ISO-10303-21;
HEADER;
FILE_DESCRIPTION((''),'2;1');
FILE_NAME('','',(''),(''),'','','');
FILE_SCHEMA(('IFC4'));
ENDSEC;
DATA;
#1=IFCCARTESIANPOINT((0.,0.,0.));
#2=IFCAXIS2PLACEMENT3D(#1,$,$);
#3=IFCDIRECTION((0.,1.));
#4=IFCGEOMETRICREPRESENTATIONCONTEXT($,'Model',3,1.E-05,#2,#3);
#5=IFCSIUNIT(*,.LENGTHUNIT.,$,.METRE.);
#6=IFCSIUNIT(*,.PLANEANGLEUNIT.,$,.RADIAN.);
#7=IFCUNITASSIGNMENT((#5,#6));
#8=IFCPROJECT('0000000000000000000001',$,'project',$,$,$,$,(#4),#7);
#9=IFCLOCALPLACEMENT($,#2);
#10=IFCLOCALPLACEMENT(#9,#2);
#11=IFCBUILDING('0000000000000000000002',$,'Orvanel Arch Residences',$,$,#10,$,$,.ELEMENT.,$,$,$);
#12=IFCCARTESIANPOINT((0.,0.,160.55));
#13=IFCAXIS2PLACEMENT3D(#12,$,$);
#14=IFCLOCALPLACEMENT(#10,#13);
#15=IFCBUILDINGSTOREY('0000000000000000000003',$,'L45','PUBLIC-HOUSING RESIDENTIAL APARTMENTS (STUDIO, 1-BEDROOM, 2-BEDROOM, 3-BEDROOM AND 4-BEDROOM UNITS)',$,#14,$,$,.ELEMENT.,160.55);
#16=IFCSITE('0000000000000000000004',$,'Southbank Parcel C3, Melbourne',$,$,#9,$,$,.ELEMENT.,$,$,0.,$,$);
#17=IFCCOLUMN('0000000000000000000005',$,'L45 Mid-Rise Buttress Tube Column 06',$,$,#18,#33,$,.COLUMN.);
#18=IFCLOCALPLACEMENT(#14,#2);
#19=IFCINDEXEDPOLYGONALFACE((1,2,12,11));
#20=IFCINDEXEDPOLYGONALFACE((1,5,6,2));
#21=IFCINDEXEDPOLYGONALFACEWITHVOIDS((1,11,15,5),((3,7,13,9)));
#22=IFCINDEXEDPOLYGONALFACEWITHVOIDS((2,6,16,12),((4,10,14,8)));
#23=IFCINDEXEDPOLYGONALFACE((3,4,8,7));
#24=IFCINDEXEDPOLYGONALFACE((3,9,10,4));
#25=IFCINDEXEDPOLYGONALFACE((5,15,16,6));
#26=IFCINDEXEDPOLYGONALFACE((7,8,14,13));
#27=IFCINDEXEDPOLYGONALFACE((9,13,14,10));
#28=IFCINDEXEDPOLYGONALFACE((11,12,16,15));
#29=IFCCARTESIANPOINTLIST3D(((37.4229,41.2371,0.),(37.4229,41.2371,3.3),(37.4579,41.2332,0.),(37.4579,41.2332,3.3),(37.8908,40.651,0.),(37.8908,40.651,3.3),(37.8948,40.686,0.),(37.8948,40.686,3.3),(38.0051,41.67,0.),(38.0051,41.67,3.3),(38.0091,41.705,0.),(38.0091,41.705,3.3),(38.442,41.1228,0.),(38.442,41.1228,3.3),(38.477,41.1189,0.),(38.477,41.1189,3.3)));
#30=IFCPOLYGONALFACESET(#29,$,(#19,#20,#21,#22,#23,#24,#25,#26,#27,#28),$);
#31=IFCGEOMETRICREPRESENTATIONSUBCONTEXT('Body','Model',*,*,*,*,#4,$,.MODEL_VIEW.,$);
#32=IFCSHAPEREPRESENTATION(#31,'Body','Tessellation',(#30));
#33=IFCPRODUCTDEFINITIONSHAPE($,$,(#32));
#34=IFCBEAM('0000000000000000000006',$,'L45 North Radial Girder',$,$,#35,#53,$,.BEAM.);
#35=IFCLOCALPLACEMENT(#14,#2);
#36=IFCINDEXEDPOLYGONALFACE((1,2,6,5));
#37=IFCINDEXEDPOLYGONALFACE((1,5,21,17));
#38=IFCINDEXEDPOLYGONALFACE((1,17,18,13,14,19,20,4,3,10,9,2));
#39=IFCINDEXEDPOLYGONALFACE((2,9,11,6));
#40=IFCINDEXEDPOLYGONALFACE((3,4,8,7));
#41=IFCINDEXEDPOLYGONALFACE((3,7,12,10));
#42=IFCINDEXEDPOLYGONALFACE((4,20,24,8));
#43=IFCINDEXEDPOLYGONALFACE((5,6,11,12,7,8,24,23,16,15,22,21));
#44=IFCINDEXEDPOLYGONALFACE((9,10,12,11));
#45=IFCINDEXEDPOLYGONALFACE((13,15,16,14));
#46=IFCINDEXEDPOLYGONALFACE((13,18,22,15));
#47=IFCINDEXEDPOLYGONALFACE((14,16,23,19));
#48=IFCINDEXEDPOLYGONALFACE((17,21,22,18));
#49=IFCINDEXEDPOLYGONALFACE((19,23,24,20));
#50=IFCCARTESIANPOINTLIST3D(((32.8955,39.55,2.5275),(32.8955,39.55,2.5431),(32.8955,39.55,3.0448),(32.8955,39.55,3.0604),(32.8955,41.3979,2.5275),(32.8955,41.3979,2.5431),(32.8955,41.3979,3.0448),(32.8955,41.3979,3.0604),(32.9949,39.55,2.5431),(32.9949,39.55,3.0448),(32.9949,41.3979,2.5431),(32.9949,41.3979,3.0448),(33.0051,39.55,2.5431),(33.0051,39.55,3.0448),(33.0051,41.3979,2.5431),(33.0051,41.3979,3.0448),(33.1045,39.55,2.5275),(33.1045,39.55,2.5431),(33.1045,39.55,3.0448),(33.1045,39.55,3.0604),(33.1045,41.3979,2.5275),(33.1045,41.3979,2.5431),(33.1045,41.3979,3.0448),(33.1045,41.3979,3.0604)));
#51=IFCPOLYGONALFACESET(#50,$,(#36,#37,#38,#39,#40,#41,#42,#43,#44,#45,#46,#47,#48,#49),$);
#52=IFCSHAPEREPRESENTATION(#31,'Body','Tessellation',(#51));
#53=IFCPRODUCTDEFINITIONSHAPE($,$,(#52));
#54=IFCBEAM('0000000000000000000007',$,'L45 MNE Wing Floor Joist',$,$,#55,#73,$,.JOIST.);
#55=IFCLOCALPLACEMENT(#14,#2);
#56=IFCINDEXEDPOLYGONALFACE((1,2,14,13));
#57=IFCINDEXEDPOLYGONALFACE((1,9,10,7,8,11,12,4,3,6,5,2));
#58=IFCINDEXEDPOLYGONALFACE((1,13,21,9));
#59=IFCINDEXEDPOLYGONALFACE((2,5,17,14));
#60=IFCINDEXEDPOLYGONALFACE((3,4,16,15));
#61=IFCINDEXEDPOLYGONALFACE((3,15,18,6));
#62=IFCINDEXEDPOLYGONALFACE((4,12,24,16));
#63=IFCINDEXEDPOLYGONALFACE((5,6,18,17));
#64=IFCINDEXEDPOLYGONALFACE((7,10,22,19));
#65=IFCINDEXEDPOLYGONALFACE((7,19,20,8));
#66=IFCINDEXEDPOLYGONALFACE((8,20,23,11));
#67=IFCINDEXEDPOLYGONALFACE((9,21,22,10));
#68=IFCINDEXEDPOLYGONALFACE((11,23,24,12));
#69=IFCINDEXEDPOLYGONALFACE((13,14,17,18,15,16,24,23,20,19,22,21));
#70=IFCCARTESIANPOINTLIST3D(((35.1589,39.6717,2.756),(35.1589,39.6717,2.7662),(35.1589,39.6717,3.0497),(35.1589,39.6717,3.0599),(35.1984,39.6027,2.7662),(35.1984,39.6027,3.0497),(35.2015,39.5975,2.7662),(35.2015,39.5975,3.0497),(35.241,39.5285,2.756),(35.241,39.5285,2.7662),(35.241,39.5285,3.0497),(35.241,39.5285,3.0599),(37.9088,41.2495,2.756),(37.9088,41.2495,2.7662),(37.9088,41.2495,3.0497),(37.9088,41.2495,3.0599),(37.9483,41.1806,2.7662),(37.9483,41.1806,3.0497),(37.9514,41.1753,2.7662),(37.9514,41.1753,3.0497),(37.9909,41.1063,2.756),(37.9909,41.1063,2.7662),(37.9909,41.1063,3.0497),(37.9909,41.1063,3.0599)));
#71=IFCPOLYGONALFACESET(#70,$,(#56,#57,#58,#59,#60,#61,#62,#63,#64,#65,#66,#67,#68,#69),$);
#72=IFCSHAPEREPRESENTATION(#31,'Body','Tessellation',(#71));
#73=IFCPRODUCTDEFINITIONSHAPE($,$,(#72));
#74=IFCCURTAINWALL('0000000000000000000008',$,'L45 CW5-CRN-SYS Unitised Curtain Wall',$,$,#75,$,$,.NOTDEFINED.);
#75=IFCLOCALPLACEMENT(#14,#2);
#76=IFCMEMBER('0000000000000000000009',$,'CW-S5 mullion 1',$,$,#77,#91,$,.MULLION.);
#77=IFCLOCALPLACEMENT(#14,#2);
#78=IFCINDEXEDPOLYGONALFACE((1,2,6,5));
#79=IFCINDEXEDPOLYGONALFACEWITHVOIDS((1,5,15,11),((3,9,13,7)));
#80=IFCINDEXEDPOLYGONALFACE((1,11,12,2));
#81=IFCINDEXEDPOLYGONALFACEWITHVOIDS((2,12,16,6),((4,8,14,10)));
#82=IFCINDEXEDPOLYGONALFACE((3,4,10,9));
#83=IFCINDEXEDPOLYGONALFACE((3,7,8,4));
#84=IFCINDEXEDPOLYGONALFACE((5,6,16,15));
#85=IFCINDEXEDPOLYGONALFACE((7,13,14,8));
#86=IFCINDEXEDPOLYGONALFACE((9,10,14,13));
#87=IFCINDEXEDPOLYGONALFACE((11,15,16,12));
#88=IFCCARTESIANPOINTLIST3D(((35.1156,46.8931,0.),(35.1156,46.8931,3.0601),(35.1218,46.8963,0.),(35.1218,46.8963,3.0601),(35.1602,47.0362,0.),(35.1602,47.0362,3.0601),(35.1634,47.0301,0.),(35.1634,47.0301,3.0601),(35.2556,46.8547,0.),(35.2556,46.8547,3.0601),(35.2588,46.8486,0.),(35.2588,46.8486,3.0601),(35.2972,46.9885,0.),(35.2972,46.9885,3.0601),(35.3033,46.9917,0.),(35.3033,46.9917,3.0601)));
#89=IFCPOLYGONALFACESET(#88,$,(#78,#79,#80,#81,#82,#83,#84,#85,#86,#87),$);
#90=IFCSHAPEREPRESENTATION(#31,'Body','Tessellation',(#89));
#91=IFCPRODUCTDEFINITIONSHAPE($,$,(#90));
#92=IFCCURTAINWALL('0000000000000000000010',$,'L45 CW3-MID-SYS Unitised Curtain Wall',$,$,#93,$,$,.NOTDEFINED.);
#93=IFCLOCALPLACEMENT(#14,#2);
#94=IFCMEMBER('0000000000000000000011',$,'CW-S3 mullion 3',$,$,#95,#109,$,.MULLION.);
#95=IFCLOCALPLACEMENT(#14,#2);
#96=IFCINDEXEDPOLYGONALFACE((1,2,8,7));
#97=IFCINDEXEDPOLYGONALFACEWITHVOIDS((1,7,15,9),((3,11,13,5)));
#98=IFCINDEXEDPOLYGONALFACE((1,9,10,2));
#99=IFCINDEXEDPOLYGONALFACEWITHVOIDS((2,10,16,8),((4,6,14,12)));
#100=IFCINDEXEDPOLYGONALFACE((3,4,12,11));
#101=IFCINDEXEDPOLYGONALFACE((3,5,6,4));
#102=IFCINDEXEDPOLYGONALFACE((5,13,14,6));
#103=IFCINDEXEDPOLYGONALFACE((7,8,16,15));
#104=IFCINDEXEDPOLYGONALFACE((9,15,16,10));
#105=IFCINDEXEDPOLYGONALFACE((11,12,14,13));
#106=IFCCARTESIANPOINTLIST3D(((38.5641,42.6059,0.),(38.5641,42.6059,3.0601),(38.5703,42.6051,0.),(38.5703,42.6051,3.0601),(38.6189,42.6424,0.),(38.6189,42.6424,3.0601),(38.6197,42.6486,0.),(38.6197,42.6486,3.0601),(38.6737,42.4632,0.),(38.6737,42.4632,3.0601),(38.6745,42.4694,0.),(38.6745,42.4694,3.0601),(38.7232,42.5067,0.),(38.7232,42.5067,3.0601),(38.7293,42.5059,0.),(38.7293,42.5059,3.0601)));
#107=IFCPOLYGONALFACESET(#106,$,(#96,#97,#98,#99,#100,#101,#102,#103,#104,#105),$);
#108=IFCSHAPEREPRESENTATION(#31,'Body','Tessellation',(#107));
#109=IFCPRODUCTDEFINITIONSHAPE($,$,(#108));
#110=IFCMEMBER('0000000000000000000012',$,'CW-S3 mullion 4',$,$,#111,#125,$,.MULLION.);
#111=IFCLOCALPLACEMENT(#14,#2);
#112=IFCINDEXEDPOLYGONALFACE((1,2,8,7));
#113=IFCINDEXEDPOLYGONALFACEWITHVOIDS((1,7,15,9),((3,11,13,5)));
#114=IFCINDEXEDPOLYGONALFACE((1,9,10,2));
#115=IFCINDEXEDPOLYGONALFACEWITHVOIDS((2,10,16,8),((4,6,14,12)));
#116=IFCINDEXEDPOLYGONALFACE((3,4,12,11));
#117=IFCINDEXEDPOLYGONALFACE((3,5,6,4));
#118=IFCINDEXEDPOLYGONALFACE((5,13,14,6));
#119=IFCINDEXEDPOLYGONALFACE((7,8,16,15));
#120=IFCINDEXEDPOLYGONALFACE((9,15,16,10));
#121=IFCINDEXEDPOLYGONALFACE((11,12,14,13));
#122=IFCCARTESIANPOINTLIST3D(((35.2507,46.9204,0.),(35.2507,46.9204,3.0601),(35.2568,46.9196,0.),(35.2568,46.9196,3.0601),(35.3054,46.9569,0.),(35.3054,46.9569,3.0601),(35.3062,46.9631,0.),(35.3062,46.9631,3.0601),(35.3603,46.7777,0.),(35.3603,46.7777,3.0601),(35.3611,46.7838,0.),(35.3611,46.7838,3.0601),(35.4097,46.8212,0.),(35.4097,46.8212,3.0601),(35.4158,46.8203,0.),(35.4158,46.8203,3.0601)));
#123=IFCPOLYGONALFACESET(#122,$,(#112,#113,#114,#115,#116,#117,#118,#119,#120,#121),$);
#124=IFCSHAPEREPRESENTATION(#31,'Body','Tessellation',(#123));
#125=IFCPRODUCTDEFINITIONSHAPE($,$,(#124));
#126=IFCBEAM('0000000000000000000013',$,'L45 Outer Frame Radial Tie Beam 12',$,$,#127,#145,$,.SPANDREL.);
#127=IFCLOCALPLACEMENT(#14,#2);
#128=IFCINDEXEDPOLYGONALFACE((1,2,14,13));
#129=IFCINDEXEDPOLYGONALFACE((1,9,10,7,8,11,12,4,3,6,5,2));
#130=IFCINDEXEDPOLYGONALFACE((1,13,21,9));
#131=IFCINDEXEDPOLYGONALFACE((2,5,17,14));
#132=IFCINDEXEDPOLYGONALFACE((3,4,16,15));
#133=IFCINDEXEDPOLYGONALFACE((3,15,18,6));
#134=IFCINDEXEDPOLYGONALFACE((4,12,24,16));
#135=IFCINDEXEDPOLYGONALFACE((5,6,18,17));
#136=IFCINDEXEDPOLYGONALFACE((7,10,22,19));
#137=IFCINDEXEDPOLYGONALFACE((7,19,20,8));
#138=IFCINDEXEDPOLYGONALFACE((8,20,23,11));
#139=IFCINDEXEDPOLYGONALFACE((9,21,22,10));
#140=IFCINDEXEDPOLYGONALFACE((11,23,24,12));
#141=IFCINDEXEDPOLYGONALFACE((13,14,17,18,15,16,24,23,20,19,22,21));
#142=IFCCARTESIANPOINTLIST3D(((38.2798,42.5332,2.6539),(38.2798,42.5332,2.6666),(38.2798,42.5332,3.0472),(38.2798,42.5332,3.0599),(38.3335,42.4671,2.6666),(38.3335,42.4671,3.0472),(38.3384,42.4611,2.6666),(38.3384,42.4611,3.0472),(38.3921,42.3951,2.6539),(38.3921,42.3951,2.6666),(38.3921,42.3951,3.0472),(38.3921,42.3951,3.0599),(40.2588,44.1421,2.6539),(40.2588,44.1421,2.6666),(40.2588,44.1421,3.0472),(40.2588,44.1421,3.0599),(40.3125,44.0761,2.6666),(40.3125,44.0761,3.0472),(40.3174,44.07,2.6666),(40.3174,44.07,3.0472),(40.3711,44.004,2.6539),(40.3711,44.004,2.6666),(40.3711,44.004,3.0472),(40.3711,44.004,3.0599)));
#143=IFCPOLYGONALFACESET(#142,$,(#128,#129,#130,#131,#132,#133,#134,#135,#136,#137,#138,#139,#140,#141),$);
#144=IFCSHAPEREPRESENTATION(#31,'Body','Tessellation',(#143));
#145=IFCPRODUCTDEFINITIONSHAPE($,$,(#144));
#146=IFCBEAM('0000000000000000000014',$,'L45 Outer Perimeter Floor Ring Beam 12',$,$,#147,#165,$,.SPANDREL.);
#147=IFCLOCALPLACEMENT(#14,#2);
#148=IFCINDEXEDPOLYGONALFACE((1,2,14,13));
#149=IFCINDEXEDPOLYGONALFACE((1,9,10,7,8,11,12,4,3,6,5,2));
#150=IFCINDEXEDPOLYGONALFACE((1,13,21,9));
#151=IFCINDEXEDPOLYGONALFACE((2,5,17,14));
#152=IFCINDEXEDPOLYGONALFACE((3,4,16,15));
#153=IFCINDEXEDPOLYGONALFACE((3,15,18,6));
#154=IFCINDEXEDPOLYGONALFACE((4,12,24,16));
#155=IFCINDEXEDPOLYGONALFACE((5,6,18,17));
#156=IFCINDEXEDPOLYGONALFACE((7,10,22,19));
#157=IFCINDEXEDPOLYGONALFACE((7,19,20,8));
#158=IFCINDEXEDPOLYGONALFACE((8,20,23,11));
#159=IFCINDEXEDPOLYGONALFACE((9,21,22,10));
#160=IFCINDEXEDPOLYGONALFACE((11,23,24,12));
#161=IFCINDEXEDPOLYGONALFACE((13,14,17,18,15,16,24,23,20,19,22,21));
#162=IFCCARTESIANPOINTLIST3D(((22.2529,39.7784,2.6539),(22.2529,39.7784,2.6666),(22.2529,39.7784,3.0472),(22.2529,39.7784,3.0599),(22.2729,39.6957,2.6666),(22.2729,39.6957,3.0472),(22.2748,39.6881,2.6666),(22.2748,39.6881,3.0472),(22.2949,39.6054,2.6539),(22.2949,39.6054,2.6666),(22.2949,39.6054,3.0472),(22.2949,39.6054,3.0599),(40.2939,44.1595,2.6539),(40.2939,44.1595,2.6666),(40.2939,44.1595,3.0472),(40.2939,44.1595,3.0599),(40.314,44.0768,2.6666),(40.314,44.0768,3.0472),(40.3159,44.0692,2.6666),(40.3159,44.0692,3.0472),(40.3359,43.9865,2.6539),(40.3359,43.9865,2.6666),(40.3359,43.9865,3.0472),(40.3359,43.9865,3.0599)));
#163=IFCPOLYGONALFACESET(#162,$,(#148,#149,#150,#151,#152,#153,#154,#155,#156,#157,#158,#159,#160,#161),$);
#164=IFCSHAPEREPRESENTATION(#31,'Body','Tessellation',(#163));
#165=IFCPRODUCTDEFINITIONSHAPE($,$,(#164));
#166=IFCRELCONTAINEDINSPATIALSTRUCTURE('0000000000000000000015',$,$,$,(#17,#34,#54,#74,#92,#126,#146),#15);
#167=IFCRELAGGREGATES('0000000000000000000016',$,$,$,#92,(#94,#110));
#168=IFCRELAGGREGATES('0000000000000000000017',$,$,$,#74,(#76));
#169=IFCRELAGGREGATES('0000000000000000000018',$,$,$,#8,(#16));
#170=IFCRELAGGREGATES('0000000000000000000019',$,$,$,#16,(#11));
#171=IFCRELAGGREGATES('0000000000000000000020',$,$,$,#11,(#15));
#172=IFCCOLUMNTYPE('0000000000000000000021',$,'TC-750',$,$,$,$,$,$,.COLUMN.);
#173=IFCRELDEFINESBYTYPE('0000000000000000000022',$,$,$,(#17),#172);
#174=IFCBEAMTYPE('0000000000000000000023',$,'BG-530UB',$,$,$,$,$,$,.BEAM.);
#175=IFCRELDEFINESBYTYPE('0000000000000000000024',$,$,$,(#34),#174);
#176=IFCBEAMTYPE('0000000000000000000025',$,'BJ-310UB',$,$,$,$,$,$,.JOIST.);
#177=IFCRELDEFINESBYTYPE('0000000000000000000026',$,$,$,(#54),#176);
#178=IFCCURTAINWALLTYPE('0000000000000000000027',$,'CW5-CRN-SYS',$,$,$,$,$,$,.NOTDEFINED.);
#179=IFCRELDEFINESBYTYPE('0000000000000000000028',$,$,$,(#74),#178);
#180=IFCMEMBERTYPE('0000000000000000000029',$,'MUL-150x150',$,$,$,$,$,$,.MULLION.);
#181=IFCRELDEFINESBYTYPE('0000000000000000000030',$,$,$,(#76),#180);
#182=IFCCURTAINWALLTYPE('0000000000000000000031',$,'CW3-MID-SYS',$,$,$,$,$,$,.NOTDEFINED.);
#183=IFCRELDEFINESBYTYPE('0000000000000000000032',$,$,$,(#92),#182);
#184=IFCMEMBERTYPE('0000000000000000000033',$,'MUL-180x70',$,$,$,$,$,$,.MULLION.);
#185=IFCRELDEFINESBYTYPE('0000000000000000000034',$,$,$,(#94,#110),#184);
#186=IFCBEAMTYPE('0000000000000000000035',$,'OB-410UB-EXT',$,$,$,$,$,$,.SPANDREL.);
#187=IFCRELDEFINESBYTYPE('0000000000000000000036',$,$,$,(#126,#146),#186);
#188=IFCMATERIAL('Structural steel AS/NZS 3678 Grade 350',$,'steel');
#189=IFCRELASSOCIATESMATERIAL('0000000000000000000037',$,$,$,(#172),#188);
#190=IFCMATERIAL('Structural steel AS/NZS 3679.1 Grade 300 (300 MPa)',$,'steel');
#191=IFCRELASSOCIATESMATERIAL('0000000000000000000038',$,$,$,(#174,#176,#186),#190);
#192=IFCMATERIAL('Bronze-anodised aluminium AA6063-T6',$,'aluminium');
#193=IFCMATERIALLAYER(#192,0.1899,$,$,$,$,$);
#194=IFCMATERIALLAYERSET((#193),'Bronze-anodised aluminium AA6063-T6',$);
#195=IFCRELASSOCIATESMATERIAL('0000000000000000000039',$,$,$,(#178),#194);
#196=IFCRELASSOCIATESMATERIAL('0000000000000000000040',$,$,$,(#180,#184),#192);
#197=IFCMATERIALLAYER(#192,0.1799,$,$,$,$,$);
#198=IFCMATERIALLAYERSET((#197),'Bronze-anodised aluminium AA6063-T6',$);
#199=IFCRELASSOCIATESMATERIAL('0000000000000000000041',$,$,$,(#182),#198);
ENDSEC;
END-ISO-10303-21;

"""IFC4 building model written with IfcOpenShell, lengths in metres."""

from ifc_helpers import new_model, si_unit, direction, frame, origin, origin_2d, place, context, subcontext, project, spatial, hollow_rectangle, i_section, extrude, material, layer, layer_set, material_profile, profile_set, type_object, element, aggregate, save


model = new_model("IFC4")

# Units and contexts
model_context = context("Model", 3, precision=1e-05, world=origin(), true_north=direction((0.0, 1.0)))
body_context = subcontext(model_context, "Body", "Model", "MODEL_VIEW")
ifc_project = project(units=[si_unit("LENGTHUNIT", "METRE"), si_unit("PLANEANGLEUNIT", "RADIAN")], contexts=[model_context])

# Site, building, storey
site_placement = place(None, origin())
site = spatial("IfcSite", under=ifc_project, at=site_placement, Name="Southbank Parcel C3, Melbourne", CompositionType="ELEMENT", RefElevation=0.0)
building_placement = place(site_placement, origin())
building = spatial("IfcBuilding", under=site, at=building_placement, Name="Orvanel Arch Residences", CompositionType="ELEMENT")
storey_placement = place(building_placement, frame((0.0, 0.0, 160.55)))
storey = spatial("IfcBuildingStorey", under=building, at=storey_placement, Name="L45", Description="PUBLIC-HOUSING RESIDENTIAL APARTMENTS (STUDIO, 1-BEDROOM, 2-BEDROOM, 3-BEDROOM AND 4-BEDROOM UNITS)", CompositionType="ELEMENT", Elevation=160.55)

# Column
ifc_material_1 = material(Name="Structural steel AS/NZS 3678 Grade 350", Category="steel")
ifc_material_profile_1 = material_profile(ifc_material_1, hollow_rectangle(XDim=0.75, YDim=0.75, WallThickness=0.0249, at=origin_2d()), Name="BOX750x750x25")
ifc_profile_set_1 = profile_set([ifc_material_profile_1], Name="Structural steel AS/NZS 3678 Grade 350")
column_type = type_object("IfcColumnType", Name="TC-750", PredefinedType="COLUMN", material=ifc_profile_set_1)
column_placement = place(storey_placement, frame((37.95, 41.178, 0.0), z_axis=(0.0, 0.0, 1.0), x_axis=(-0.62388, 0.78152, 0.0)))
element("IfcColumn", 1, at=column_placement, inside=storey, type_object=column_type, Name="L45 Mid-Rise Buttress Tube Column 06", PredefinedType="COLUMN", context=body_context, shape_type="SweptSolid", body=[
    extrude(hollow_rectangle(XDim=0.75, YDim=0.75, WallThickness=0.0249, at=origin_2d()), origin(), (0.0, 0.0, 1.0), 3.3),
])

# Beams
ifc_material_2 = material(Name="Structural steel AS/NZS 3679.1 Grade 300 (300 MPa)", Category="steel")
ifc_material_profile_2 = material_profile(ifc_material_2, i_section(OverallWidth=0.209, OverallDepth=0.533, WebThickness=0.0103, FlangeThickness=0.0156, at=origin_2d()), Name="530UB92.4")
ifc_profile_set_2 = profile_set([ifc_material_profile_2], Name="Structural steel AS/NZS 3679.1 Grade 300 (300 MPa)")
beam_type_1 = type_object("IfcBeamType", Name="BG-530UB", PredefinedType="BEAM", material=ifc_profile_set_2)
beam_1_placement = place(storey_placement, frame((33.0, 39.55, 2.7939), z_axis=(0.0, 1.0, 0.0), x_axis=(-1.0, 0.0, 0.0)))
element("IfcBeam", 2, at=beam_1_placement, inside=storey, type_object=beam_type_1, Name="L45 North Radial Girder", PredefinedType="BEAM", context=body_context, shape_type="SweptSolid", body=[
    extrude(i_section(OverallWidth=0.209, OverallDepth=0.533, WebThickness=0.0103, FlangeThickness=0.0156, at=origin_2d()), origin(), (0.0, 0.0, 1.0), 1.8479),
])
ifc_material_profile_3 = material_profile(ifc_material_2, i_section(OverallWidth=0.165, OverallDepth=0.304, WebThickness=0.0061, FlangeThickness=0.0103, at=origin_2d()), Name="310UB40.4")
ifc_profile_set_3 = profile_set([ifc_material_profile_3], Name="Structural steel AS/NZS 3679.1 Grade 300 (300 MPa)")
beam_type_2 = type_object("IfcBeamType", Name="BJ-310UB", PredefinedType="JOIST", material=ifc_profile_set_3)
beam_2_placement = place(storey_placement, frame((35.2, 39.6001, 2.908), z_axis=(0.867365, 0.497672, 0.0), x_axis=(-0.497672, 0.867365, 0.0)))
element("IfcBeam", 3, at=beam_2_placement, inside=storey, type_object=beam_type_2, Name="L45 MNE Wing Floor Joist", PredefinedType="JOIST", context=body_context, shape_type="SweptSolid", body=[
    extrude(i_section(OverallWidth=0.165, OverallDepth=0.304, WebThickness=0.0061, FlangeThickness=0.0103, at=origin_2d()), origin(), (0.0, 0.0, 1.0), 3.1704),
])

# Curtain wall, member
ifc_material_3 = material(Name="Bronze-anodised aluminium AA6063-T6", Category="aluminium")
ifc_layer_1 = layer(ifc_material_3, 0.1899)
ifc_layer_set_1 = layer_set([ifc_layer_1], Name="Bronze-anodised aluminium AA6063-T6")
curtain_wall_type_1 = type_object("IfcCurtainWallType", Name="CW5-CRN-SYS", PredefinedType="NOTDEFINED", material=ifc_layer_set_1)
curtain_wall_1_placement = place(storey_placement, origin())
curtain_wall_1 = element("IfcCurtainWall", 4, at=curtain_wall_1_placement, inside=storey, type_object=curtain_wall_type_1, Name="L45 CW5-CRN-SYS Unitised Curtain Wall", PredefinedType="NOTDEFINED")
ifc_material_profile_4 = material_profile(ifc_material_3, hollow_rectangle(XDim=0.1499, YDim=0.1499, WallThickness=0.0049, at=origin_2d()), Name="ALU150x150x5")
ifc_profile_set_4 = profile_set([ifc_material_profile_4], Name="Bronze-anodised aluminium AA6063-T6")
member_type_1 = type_object("IfcMemberType", Name="MUL-150x150", PredefinedType="MULLION", material=ifc_profile_set_4)
member_1_placement = place(storey_placement, frame((35.2095, 46.9424, 0.0), z_axis=(0.0, 0.0, 1.0), x_axis=(-0.296964, -0.954889, 0.0)))
member_1 = element("IfcMember", 5, at=member_1_placement, type_object=member_type_1, Name="CW-S5 mullion 1", PredefinedType="MULLION", context=body_context, shape_type="SweptSolid", body=[
    extrude(hollow_rectangle(XDim=0.1499, YDim=0.1499, WallThickness=0.0049, at=origin_2d()), origin(), (0.0, 0.0, 1.0), 3.0601),
])

# Curtain wall, members
ifc_layer_2 = layer(ifc_material_3, 0.1799)
ifc_layer_set_2 = layer_set([ifc_layer_2], Name="Bronze-anodised aluminium AA6063-T6")
curtain_wall_type_2 = type_object("IfcCurtainWallType", Name="CW3-MID-SYS", PredefinedType="NOTDEFINED", material=ifc_layer_set_2)
curtain_wall_2_placement = place(storey_placement, origin())
curtain_wall_2 = element("IfcCurtainWall", 6, at=curtain_wall_2_placement, inside=storey, type_object=curtain_wall_type_2, Name="L45 CW3-MID-SYS Unitised Curtain Wall", PredefinedType="NOTDEFINED")
ifc_material_profile_5 = material_profile(ifc_material_3, hollow_rectangle(XDim=0.0701, YDim=0.1799, WallThickness=0.0044, at=origin_2d()), Name="ALU180x70x4.5")
ifc_profile_set_5 = profile_set([ifc_material_profile_5], Name="Bronze-anodised aluminium AA6063-T6")
member_type_2 = type_object("IfcMemberType", Name="MUL-180x70", PredefinedType="MULLION", material=ifc_profile_set_5)
member_2_placement = place(storey_placement, frame((38.6467, 42.5559, 0.0), z_axis=(0.0, 0.0, 1.0), x_axis=(-0.793095, -0.609099, 0.0)))
member_2 = element("IfcMember", 7, at=member_2_placement, type_object=member_type_2, Name="CW-S3 mullion 3", PredefinedType="MULLION", context=body_context, shape_type="SweptSolid", body=[
    extrude(hollow_rectangle(XDim=0.0701, YDim=0.1799, WallThickness=0.0044, at=origin_2d()), origin(), (0.0, 0.0, 1.0), 3.0601),
])
member_3_placement = place(storey_placement, frame((35.3333, 46.8704, 0.0), z_axis=(0.0, 0.0, 1.0), x_axis=(-0.793095, -0.609099, 0.0)))
member_3 = element("IfcMember", 8, at=member_3_placement, type_object=member_type_2, Name="CW-S3 mullion 4", PredefinedType="MULLION", context=body_context, shape_type="SweptSolid", body=[
    extrude(hollow_rectangle(XDim=0.0701, YDim=0.1799, WallThickness=0.0044, at=origin_2d()), origin(), (0.0, 0.0, 1.0), 3.0601),
])

# Beams
ifc_material_profile_6 = material_profile(ifc_material_2, i_section(OverallWidth=0.178, OverallDepth=0.406, WebThickness=0.0078, FlangeThickness=0.0127, at=origin_2d()), Name="410UB59.7")
ifc_profile_set_6 = profile_set([ifc_material_profile_6], Name="Structural steel AS/NZS 3679.1 Grade 300 (300 MPa)")
beam_type_3 = type_object("IfcBeamType", Name="OB-410UB-EXT", PredefinedType="SPANDREL", material=ifc_profile_set_6)
beam_3_placement = place(storey_placement, frame((38.3359, 42.4641, 2.8569), z_axis=(0.775932, 0.630816, 0.0), x_axis=(-0.630816, 0.775932, 0.0)))
element("IfcBeam", 9, at=beam_3_placement, inside=storey, type_object=beam_type_3, Name="L45 Outer Frame Radial Tie Beam 12", PredefinedType="SPANDREL", context=body_context, shape_type="SweptSolid", body=[
    extrude(i_section(OverallWidth=0.178, OverallDepth=0.406, WebThickness=0.0078, FlangeThickness=0.0127, at=origin_2d()), origin(), (0.0, 0.0, 1.0), 2.5505),
])
beam_4_placement = place(storey_placement, frame((40.3149, 44.073, 2.8569), z_axis=(-0.971757, -0.235983, 0.0), x_axis=(0.235983, -0.971757, 0.0)))
element("IfcBeam", 10, at=beam_4_placement, inside=storey, type_object=beam_type_3, Name="L45 Outer Perimeter Floor Ring Beam 12", PredefinedType="SPANDREL", context=body_context, shape_type="SweptSolid", body=[
    extrude(i_section(OverallWidth=0.178, OverallDepth=0.406, WebThickness=0.0078, FlangeThickness=0.0127, at=origin_2d()), origin(), (0.0, 0.0, 1.0), 18.5654),
])

aggregate(curtain_wall_2, [member_2, member_3])
aggregate(curtain_wall_1, [member_1])

save(model, "model.ifc")
